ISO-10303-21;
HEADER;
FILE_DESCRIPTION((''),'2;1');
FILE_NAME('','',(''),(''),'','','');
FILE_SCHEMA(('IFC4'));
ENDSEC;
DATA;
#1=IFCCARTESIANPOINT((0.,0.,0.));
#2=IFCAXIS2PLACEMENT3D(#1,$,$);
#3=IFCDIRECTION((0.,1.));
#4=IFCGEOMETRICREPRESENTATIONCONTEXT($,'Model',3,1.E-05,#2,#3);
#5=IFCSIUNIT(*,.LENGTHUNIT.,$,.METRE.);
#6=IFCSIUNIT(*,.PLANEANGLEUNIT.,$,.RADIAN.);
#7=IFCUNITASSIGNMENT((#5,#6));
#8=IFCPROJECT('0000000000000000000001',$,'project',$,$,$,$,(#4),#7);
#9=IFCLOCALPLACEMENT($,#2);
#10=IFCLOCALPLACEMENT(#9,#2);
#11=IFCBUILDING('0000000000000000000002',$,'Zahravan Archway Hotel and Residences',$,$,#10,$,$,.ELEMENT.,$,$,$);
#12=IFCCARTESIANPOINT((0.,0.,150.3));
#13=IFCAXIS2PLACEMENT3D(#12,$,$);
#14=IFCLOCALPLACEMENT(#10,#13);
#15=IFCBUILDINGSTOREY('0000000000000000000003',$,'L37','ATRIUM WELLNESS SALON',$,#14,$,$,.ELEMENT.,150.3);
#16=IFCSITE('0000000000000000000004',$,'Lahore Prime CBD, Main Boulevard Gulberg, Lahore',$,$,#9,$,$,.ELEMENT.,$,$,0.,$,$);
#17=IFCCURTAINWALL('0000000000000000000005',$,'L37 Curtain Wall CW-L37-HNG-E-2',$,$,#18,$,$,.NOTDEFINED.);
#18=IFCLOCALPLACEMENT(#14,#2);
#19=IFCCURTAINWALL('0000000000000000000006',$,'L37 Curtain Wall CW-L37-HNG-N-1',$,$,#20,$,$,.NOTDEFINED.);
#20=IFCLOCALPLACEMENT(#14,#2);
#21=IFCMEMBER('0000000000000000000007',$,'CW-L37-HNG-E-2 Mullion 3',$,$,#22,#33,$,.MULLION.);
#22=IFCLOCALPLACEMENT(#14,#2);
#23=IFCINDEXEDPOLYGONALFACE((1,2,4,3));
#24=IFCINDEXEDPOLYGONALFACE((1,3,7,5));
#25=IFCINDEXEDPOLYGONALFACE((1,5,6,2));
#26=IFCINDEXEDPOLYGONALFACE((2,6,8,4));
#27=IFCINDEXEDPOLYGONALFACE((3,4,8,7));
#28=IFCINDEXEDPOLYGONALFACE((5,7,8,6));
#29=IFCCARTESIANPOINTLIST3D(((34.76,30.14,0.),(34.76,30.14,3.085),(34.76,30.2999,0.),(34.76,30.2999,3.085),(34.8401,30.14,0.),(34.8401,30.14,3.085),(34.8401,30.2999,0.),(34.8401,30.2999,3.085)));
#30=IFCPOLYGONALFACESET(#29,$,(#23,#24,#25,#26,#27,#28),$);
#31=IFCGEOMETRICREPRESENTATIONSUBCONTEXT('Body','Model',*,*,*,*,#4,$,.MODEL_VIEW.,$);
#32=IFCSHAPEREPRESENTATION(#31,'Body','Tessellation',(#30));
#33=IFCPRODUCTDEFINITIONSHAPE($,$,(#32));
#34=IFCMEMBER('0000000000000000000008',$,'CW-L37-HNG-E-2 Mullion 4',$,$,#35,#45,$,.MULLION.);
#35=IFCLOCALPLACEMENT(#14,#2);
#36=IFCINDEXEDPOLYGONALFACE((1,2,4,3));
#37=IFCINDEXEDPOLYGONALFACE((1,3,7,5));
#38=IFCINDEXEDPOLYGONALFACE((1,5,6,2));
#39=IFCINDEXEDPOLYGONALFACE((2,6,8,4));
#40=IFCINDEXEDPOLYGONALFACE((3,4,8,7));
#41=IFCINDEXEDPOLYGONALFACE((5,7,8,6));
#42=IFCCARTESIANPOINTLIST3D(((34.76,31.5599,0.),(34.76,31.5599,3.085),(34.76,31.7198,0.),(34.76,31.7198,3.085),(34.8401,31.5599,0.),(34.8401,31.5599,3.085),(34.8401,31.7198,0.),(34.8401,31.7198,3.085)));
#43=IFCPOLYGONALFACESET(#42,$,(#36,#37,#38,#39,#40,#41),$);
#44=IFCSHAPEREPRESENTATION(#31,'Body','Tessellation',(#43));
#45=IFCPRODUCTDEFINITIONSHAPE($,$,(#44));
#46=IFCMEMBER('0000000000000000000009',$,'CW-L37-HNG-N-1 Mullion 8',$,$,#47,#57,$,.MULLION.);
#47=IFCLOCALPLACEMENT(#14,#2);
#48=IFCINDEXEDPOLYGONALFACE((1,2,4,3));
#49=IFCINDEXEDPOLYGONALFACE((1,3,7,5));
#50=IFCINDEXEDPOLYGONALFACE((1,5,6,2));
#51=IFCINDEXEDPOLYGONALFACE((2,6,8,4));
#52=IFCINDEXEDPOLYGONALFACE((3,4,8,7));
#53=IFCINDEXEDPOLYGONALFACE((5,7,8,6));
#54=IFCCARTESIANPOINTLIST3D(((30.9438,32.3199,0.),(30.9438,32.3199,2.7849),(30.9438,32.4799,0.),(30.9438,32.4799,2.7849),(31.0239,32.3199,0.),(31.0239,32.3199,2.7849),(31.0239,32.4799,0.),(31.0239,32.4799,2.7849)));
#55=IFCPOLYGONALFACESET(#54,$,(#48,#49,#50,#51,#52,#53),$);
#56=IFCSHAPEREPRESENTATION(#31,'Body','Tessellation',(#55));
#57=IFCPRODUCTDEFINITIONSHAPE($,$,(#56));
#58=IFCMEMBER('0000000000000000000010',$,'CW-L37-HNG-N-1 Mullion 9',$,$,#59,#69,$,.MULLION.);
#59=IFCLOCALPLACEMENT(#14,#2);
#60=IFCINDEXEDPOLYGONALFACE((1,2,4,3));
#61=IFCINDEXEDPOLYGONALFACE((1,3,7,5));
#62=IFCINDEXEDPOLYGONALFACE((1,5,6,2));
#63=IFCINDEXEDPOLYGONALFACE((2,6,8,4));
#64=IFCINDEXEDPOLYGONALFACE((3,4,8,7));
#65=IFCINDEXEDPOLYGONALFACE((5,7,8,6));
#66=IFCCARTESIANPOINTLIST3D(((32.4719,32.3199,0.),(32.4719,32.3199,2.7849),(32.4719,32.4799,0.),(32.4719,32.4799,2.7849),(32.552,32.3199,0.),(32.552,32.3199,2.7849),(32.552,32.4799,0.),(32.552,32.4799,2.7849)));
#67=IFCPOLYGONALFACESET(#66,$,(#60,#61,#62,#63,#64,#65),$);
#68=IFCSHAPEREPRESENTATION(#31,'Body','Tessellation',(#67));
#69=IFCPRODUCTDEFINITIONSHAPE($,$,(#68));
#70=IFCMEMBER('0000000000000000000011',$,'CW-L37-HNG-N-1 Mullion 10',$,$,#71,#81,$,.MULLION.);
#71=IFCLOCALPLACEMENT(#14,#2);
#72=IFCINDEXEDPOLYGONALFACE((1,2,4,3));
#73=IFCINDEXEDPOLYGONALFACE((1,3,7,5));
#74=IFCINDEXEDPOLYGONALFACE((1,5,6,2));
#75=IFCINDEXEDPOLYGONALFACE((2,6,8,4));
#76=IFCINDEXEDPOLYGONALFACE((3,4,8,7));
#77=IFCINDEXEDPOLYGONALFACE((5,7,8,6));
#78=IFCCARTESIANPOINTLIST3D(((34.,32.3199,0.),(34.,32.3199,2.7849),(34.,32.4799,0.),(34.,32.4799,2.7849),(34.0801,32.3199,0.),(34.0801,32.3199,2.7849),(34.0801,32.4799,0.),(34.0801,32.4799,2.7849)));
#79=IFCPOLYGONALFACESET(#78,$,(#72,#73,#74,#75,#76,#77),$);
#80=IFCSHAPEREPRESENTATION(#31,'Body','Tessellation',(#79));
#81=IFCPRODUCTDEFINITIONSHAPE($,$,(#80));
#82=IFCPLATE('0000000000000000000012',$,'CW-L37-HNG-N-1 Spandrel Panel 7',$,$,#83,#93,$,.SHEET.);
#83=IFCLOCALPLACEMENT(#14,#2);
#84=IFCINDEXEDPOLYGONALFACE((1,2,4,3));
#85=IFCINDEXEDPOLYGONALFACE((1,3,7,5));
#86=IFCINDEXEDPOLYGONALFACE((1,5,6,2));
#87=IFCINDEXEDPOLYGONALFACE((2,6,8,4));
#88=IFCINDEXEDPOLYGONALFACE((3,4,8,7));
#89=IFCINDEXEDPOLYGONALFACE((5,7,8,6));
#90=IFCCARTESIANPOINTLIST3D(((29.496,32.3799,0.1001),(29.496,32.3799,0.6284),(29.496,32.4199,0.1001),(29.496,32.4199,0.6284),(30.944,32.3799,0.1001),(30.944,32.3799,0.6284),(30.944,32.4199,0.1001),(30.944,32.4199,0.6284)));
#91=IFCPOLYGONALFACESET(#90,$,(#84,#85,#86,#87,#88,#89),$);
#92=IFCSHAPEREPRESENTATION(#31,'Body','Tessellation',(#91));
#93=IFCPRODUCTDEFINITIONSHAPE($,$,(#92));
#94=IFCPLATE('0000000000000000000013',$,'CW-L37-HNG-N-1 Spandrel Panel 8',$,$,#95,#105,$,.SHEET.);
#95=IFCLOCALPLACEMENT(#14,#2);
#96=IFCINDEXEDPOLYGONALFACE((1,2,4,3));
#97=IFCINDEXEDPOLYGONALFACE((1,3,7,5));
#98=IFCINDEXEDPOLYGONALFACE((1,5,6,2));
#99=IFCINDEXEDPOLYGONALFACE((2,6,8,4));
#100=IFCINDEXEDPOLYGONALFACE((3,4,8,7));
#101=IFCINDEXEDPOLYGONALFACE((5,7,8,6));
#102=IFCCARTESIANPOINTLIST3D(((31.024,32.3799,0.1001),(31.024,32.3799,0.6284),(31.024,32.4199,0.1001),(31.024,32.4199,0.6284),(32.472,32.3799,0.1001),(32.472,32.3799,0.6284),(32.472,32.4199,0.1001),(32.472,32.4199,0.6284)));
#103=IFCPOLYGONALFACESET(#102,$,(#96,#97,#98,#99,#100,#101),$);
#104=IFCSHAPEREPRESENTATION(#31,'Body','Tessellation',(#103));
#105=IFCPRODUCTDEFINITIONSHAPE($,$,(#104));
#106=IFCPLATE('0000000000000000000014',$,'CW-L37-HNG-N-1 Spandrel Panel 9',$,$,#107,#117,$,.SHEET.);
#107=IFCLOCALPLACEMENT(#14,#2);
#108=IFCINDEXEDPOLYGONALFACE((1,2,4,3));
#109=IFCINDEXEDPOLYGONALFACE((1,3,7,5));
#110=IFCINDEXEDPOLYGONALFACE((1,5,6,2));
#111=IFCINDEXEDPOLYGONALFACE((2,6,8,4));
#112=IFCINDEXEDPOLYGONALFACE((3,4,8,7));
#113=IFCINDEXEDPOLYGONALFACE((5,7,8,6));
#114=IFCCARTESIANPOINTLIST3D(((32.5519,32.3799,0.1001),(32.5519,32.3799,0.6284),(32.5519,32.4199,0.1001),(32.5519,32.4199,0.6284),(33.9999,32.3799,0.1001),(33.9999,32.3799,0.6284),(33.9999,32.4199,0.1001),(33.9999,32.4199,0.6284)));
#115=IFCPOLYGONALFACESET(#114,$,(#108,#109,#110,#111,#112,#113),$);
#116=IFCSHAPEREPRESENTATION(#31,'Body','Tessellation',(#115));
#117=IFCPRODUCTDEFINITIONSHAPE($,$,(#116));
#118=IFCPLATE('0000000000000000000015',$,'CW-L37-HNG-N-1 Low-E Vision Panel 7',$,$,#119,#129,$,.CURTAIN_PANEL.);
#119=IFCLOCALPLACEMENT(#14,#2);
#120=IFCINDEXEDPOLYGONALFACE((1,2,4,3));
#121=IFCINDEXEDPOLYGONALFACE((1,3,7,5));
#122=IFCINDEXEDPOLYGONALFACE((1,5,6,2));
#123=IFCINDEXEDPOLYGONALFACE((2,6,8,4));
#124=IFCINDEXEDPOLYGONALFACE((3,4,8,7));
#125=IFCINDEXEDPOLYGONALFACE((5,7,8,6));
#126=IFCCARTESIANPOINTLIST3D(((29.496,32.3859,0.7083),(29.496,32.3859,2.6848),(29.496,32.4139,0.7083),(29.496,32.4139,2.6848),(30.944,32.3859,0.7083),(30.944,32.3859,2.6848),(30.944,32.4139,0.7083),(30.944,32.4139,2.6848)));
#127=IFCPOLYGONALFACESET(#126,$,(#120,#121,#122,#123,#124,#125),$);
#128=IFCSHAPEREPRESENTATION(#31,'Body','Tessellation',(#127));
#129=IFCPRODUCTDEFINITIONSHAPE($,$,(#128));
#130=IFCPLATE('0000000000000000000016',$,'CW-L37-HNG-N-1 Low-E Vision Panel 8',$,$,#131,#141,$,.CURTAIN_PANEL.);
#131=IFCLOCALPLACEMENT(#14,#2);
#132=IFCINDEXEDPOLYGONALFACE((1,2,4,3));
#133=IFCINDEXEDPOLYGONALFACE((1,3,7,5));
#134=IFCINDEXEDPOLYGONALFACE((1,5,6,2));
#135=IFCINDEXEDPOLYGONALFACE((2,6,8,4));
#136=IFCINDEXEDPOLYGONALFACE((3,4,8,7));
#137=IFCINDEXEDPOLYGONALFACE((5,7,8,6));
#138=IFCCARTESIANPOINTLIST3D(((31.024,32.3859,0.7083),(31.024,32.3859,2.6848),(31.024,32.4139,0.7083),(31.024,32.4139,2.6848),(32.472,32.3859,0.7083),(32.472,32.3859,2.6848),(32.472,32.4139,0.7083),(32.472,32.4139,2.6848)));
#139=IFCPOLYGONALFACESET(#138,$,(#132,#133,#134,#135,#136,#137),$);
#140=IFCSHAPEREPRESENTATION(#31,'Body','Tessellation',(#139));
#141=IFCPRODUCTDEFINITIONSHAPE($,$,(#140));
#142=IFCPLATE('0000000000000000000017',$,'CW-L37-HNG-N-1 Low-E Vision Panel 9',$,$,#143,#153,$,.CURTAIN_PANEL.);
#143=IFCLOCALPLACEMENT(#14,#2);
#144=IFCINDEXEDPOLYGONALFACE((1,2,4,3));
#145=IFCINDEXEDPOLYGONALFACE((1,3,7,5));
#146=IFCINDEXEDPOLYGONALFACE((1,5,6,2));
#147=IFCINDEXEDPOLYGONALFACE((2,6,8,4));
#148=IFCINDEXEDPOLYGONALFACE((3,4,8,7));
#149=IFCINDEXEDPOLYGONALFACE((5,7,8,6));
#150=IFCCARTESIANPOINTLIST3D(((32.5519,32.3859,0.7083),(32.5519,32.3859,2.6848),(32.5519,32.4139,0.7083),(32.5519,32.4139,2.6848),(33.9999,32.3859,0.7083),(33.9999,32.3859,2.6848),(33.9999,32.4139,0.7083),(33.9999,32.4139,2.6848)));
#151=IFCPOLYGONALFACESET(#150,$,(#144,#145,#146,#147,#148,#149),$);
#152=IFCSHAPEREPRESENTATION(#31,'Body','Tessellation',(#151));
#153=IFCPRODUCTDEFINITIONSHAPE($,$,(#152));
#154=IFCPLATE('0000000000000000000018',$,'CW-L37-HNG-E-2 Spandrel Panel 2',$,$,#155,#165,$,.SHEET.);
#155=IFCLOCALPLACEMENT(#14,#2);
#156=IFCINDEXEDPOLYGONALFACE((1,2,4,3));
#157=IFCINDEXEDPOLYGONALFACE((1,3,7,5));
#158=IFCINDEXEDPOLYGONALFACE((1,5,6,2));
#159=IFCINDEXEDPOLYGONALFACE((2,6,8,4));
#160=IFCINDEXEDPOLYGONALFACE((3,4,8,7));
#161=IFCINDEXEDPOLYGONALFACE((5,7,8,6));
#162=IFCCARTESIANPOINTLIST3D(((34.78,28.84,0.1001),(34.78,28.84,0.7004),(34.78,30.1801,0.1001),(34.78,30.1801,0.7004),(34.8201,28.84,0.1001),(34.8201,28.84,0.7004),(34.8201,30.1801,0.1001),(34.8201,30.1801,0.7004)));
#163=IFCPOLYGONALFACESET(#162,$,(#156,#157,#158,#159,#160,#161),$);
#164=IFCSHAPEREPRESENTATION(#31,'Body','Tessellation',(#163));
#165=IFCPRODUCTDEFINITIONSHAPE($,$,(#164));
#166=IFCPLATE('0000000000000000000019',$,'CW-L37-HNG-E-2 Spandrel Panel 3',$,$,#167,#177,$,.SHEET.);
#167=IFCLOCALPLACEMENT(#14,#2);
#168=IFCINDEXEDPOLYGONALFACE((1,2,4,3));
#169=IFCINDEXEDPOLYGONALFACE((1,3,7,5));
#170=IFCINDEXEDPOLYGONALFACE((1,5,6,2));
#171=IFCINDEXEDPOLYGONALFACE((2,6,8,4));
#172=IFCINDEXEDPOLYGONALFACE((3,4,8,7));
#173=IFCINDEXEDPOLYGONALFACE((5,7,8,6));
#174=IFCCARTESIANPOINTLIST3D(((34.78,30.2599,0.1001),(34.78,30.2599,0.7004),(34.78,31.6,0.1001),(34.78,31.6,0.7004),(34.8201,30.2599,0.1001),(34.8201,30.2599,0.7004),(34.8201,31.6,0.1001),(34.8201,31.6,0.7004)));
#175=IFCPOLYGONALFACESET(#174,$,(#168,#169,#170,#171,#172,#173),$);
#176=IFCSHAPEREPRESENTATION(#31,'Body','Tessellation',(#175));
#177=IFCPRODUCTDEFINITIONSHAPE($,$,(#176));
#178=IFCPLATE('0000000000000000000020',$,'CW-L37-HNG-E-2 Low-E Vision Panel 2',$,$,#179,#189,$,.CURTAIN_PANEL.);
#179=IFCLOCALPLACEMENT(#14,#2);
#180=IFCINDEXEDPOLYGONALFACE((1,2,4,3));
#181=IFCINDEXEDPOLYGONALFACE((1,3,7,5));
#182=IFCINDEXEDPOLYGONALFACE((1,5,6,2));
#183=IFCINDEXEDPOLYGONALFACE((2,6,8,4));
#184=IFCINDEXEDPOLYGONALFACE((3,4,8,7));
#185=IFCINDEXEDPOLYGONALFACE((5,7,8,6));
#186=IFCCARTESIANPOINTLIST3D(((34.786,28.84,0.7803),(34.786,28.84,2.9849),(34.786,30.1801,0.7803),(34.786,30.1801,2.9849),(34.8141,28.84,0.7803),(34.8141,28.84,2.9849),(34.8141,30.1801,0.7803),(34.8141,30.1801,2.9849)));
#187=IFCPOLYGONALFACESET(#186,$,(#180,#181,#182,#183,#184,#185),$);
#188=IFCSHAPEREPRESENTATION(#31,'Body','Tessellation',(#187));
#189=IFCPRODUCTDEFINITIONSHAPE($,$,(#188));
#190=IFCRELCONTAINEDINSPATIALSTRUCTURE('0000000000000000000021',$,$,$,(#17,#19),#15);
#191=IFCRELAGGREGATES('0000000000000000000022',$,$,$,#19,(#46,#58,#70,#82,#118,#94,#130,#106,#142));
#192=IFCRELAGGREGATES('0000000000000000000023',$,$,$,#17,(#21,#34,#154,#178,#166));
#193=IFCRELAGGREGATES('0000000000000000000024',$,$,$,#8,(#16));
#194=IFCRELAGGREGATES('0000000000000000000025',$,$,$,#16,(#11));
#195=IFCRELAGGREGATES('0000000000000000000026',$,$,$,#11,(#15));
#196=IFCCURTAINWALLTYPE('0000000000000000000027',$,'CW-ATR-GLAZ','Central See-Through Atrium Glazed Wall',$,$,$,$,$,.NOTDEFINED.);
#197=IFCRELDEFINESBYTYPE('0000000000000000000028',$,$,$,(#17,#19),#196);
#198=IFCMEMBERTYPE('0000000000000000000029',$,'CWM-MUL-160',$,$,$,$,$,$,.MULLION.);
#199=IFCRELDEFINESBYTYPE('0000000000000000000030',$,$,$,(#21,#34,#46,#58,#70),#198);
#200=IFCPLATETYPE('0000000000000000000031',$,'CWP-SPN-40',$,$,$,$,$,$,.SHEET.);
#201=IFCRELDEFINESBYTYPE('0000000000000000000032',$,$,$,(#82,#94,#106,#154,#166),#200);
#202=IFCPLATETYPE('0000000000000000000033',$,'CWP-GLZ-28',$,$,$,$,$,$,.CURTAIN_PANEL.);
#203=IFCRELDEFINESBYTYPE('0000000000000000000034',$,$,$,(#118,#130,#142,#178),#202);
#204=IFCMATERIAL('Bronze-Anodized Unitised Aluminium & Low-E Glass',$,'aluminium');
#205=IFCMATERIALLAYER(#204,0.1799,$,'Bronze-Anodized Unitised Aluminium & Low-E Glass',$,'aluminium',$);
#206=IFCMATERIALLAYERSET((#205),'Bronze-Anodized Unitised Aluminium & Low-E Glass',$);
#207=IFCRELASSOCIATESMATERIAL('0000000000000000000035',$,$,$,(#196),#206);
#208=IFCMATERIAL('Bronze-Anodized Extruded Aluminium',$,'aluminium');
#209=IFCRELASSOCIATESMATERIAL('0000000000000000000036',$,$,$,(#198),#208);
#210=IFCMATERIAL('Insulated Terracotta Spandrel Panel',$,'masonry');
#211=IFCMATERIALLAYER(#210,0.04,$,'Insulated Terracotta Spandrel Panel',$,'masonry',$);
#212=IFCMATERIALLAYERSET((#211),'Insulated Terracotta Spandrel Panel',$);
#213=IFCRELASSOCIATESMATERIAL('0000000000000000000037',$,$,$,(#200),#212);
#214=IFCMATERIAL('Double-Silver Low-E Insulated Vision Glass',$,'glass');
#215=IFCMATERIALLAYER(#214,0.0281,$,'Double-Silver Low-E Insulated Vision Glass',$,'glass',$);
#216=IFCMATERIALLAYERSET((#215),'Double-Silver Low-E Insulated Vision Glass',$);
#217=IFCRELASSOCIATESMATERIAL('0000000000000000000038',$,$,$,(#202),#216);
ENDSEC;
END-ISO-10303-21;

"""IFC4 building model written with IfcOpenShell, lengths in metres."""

from ifc_helpers import new_model, si_unit, direction, frame, origin, origin_2d, place, context, subcontext, project, spatial, rectangle, extrude, source, transform, mapped, material, layer, layer_set, material_profile, profile_set, type_object, element, aggregate, save


model = new_model("IFC4")

# Units and contexts
model_context = context("Model", 3, precision=1e-05, world=origin(), true_north=direction((0.0, 1.0)))
body_context = subcontext(model_context, "Body", "Model", "MODEL_VIEW")
ifc_project = project(units=[si_unit("LENGTHUNIT", "METRE"), si_unit("PLANEANGLEUNIT", "RADIAN")], contexts=[model_context])

# Site, building, storey
site_placement = place(None, origin())
site = spatial("IfcSite", under=ifc_project, at=site_placement, Name="Lahore Prime CBD, Main Boulevard Gulberg, Lahore", CompositionType="ELEMENT", RefElevation=0.0)
building_placement = place(site_placement, origin())
building = spatial("IfcBuilding", under=site, at=building_placement, Name="Zahravan Archway Hotel and Residences", CompositionType="ELEMENT")
storey_placement = place(building_placement, frame((0.0, 0.0, 150.3)))
storey = spatial("IfcBuildingStorey", under=building, at=storey_placement, Name="L37", Description="ATRIUM WELLNESS SALON", CompositionType="ELEMENT", Elevation=150.3)

# Curtain walls
ifc_material_1 = material(Name="Bronze-Anodized Unitised Aluminium & Low-E Glass", Category="aluminium")
ifc_layer_1 = layer(ifc_material_1, 0.1799, Name="Bronze-Anodized Unitised Aluminium & Low-E Glass", Category="aluminium")
ifc_layer_set_1 = layer_set([ifc_layer_1], Name="Bronze-Anodized Unitised Aluminium & Low-E Glass")
curtain_wall_type = type_object("IfcCurtainWallType", Name="CW-ATR-GLAZ", Description="Central See-Through Atrium Glazed Wall", PredefinedType="NOTDEFINED", material=ifc_layer_set_1)
curtain_wall_1_placement = place(storey_placement, origin())
curtain_wall_1 = element("IfcCurtainWall", 1, at=curtain_wall_1_placement, inside=storey, type_object=curtain_wall_type, Name="L37 Curtain Wall CW-L37-HNG-E-2", PredefinedType="NOTDEFINED")
ifc_material_2 = material(Name="Bronze-Anodized Extruded Aluminium", Category="aluminium")
curtain_wall_2_placement = place(storey_placement, origin())
curtain_wall_2 = element("IfcCurtainWall", 2, at=curtain_wall_2_placement, inside=storey, type_object=curtain_wall_type, Name="L37 Curtain Wall CW-L37-HNG-N-1", PredefinedType="NOTDEFINED")

# Members
ifc_material_profile_1 = material_profile(ifc_material_2, rectangle(XDim=0.0801, YDim=0.1599, at=origin_2d()), Name="MUL 80x160", Category="aluminium")
ifc_profile_set_1 = profile_set([ifc_material_profile_1], Name="Bronze-Anodized Extruded Aluminium")
member_type_1 = type_object("IfcMemberType", Name="CWM-MUL-160", PredefinedType="MULLION", material=ifc_profile_set_1)
shared_shape_1 = source(origin(), body_context, "Body", "SweptSolid", [
    extrude(rectangle(XDim=0.0801, YDim=0.1599, at=origin_2d()), origin(), (0.0, 0.0, 1.0), 3.085),
])
member_1_placement = place(storey_placement, frame((34.8, 30.22, 0.0), z_axis=(0.0, 0.0, 1.0), x_axis=(1.0, 0.0, 0.0)))
member_1 = element("IfcMember", 3, at=member_1_placement, type_object=member_type_1, Name="CW-L37-HNG-E-2 Mullion 3", PredefinedType="MULLION", context=body_context, shape_type="MappedRepresentation", body=[
    mapped(shared_shape_1, transform((0.0, 0.0, 0.0), scale=1.0)),
])
member_2_placement = place(storey_placement, frame((34.8, 31.6399, 0.0), z_axis=(0.0, 0.0, 1.0), x_axis=(1.0, 0.0, 0.0)))
member_2 = element("IfcMember", 4, at=member_2_placement, type_object=member_type_1, Name="CW-L37-HNG-E-2 Mullion 4", PredefinedType="MULLION", context=body_context, shape_type="MappedRepresentation", body=[
    mapped(shared_shape_1, transform((0.0, 0.0, 0.0), scale=1.0)),
])
shared_shape_2 = source(origin(), body_context, "Body", "SweptSolid", [
    extrude(rectangle(XDim=0.0801, YDim=0.1599, at=origin_2d()), origin(), (0.0, 0.0, 1.0), 2.7849),
])
member_3_placement = place(storey_placement, frame((30.9839, 32.3999, 0.0), z_axis=(0.0, 0.0, 1.0), x_axis=(1.0, 0.0, 0.0)))
member_3 = element("IfcMember", 5, at=member_3_placement, type_object=member_type_1, Name="CW-L37-HNG-N-1 Mullion 8", PredefinedType="MULLION", context=body_context, shape_type="MappedRepresentation", body=[
    mapped(shared_shape_2, transform((0.0, 0.0, 0.0), scale=1.0)),
])
member_4_placement = place(storey_placement, frame((32.512, 32.3999, 0.0), z_axis=(0.0, 0.0, 1.0), x_axis=(1.0, 0.0, 0.0)))
member_4 = element("IfcMember", 6, at=member_4_placement, type_object=member_type_1, Name="CW-L37-HNG-N-1 Mullion 9", PredefinedType="MULLION", context=body_context, shape_type="MappedRepresentation", body=[
    mapped(shared_shape_2, transform((0.0, 0.0, 0.0), scale=1.0)),
])
member_5_placement = place(storey_placement, frame((34.04, 32.3999, 0.0), z_axis=(0.0, 0.0, 1.0), x_axis=(1.0, 0.0, 0.0)))
member_5 = element("IfcMember", 7, at=member_5_placement, type_object=member_type_1, Name="CW-L37-HNG-N-1 Mullion 10", PredefinedType="MULLION", context=body_context, shape_type="MappedRepresentation", body=[
    mapped(shared_shape_2, transform((0.0, 0.0, 0.0), scale=1.0)),
])

# Plates
ifc_material_3 = material(Name="Insulated Terracotta Spandrel Panel", Category="masonry")
ifc_layer_2 = layer(ifc_material_3, 0.04, Name="Insulated Terracotta Spandrel Panel", Category="masonry")
ifc_layer_set_2 = layer_set([ifc_layer_2], Name="Insulated Terracotta Spandrel Panel")
plate_type_1 = type_object("IfcPlateType", Name="CWP-SPN-40", PredefinedType="SHEET", material=ifc_layer_set_2)
shared_shape_3 = source(origin(), body_context, "Body", "SweptSolid", [
    extrude(rectangle(XDim=1.448, YDim=0.04, at=origin_2d()), origin(), (0.0, 0.0, 1.0), 0.5283),
])
plate_1_placement = place(storey_placement, frame((30.22, 32.3999, 0.1001), z_axis=(0.0, 0.0, 1.0), x_axis=(1.0, 0.0, 0.0)))
plate_1 = element("IfcPlate", 8, at=plate_1_placement, type_object=plate_type_1, Name="CW-L37-HNG-N-1 Spandrel Panel 7", PredefinedType="SHEET", context=body_context, shape_type="MappedRepresentation", body=[
    mapped(shared_shape_3, transform((0.0, 0.0, 0.0), scale=1.0)),
])
plate_2_placement = place(storey_placement, frame((31.748, 32.3999, 0.1001), z_axis=(0.0, 0.0, 1.0), x_axis=(1.0, 0.0, 0.0)))
plate_2 = element("IfcPlate", 9, at=plate_2_placement, type_object=plate_type_1, Name="CW-L37-HNG-N-1 Spandrel Panel 8", PredefinedType="SHEET", context=body_context, shape_type="MappedRepresentation", body=[
    mapped(shared_shape_3, transform((0.0, 0.0, 0.0), scale=1.0)),
])
plate_3_placement = place(storey_placement, frame((33.2759, 32.3999, 0.1001), z_axis=(0.0, 0.0, 1.0), x_axis=(1.0, 0.0, 0.0)))
plate_3 = element("IfcPlate", 10, at=plate_3_placement, type_object=plate_type_1, Name="CW-L37-HNG-N-1 Spandrel Panel 9", PredefinedType="SHEET", context=body_context, shape_type="MappedRepresentation", body=[
    mapped(shared_shape_3, transform((0.0, 0.0, 0.0), scale=1.0)),
])
ifc_material_4 = material(Name="Double-Silver Low-E Insulated Vision Glass", Category="glass")
ifc_layer_3 = layer(ifc_material_4, 0.0281, Name="Double-Silver Low-E Insulated Vision Glass", Category="glass")
ifc_layer_set_3 = layer_set([ifc_layer_3], Name="Double-Silver Low-E Insulated Vision Glass")
plate_type_2 = type_object("IfcPlateType", Name="CWP-GLZ-28", PredefinedType="CURTAIN_PANEL", material=ifc_layer_set_3)
shared_shape_4 = source(origin(), body_context, "Body", "SweptSolid", [
    extrude(rectangle(XDim=1.448, YDim=0.0281, at=origin_2d()), origin(), (0.0, 0.0, 1.0), 1.9766),
])
plate_4_placement = place(storey_placement, frame((30.22, 32.3999, 0.7083), z_axis=(0.0, 0.0, 1.0), x_axis=(1.0, 0.0, 0.0)))
plate_4 = element("IfcPlate", 11, at=plate_4_placement, type_object=plate_type_2, Name="CW-L37-HNG-N-1 Low-E Vision Panel 7", PredefinedType="CURTAIN_PANEL", context=body_context, shape_type="MappedRepresentation", body=[
    mapped(shared_shape_4, transform((0.0, 0.0, 0.0), scale=1.0)),
])
plate_5_placement = place(storey_placement, frame((31.748, 32.3999, 0.7083), z_axis=(0.0, 0.0, 1.0), x_axis=(1.0, 0.0, 0.0)))
plate_5 = element("IfcPlate", 12, at=plate_5_placement, type_object=plate_type_2, Name="CW-L37-HNG-N-1 Low-E Vision Panel 8", PredefinedType="CURTAIN_PANEL", context=body_context, shape_type="MappedRepresentation", body=[
    mapped(shared_shape_4, transform((0.0, 0.0, 0.0), scale=1.0)),
])
plate_6_placement = place(storey_placement, frame((33.2759, 32.3999, 0.7083), z_axis=(0.0, 0.0, 1.0), x_axis=(1.0, 0.0, 0.0)))
plate_6 = element("IfcPlate", 13, at=plate_6_placement, type_object=plate_type_2, Name="CW-L37-HNG-N-1 Low-E Vision Panel 9", PredefinedType="CURTAIN_PANEL", context=body_context, shape_type="MappedRepresentation", body=[
    mapped(shared_shape_4, transform((0.0, 0.0, 0.0), scale=1.0)),
])
aggregate(curtain_wall_2, [member_3, member_4, member_5, plate_1, plate_4, plate_2, plate_5, plate_3, plate_6])
shared_shape_5 = source(origin(), body_context, "Body", "SweptSolid", [
    extrude(rectangle(XDim=1.3401, YDim=0.04, at=origin_2d()), origin(), (0.0, 0.0, 1.0), 0.6003),
])
plate_7_placement = place(storey_placement, frame((34.8, 29.51, 0.1001), z_axis=(0.0, 0.0, 1.0), x_axis=(0.0, 1.0, 0.0)))
plate_7 = element("IfcPlate", 14, at=plate_7_placement, type_object=plate_type_1, Name="CW-L37-HNG-E-2 Spandrel Panel 2", PredefinedType="SHEET", context=body_context, shape_type="MappedRepresentation", body=[
    mapped(shared_shape_5, transform((0.0, 0.0, 0.0), scale=1.0)),
])
plate_8_placement = place(storey_placement, frame((34.8, 30.9299, 0.1001), z_axis=(0.0, 0.0, 1.0), x_axis=(0.0, 1.0, 0.0)))
plate_8 = element("IfcPlate", 15, at=plate_8_placement, type_object=plate_type_1, Name="CW-L37-HNG-E-2 Spandrel Panel 3", PredefinedType="SHEET", context=body_context, shape_type="MappedRepresentation", body=[
    mapped(shared_shape_5, transform((0.0, 0.0, 0.0), scale=1.0)),
])
shared_shape_6 = source(origin(), body_context, "Body", "SweptSolid", [
    extrude(rectangle(XDim=1.3401, YDim=0.0281, at=origin_2d()), origin(), (0.0, 0.0, 1.0), 2.2046),
])
plate_9_placement = place(storey_placement, frame((34.8, 29.51, 0.7803), z_axis=(0.0, 0.0, 1.0), x_axis=(0.0, 1.0, 0.0)))
plate_9 = element("IfcPlate", 16, at=plate_9_placement, type_object=plate_type_2, Name="CW-L37-HNG-E-2 Low-E Vision Panel 2", PredefinedType="CURTAIN_PANEL", context=body_context, shape_type="MappedRepresentation", body=[
    mapped(shared_shape_6, transform((0.0, 0.0, 0.0), scale=1.0)),
])
aggregate(curtain_wall_1, [member_1, member_2, plate_7, plate_9, plate_8])

save(model, "model.ifc")
